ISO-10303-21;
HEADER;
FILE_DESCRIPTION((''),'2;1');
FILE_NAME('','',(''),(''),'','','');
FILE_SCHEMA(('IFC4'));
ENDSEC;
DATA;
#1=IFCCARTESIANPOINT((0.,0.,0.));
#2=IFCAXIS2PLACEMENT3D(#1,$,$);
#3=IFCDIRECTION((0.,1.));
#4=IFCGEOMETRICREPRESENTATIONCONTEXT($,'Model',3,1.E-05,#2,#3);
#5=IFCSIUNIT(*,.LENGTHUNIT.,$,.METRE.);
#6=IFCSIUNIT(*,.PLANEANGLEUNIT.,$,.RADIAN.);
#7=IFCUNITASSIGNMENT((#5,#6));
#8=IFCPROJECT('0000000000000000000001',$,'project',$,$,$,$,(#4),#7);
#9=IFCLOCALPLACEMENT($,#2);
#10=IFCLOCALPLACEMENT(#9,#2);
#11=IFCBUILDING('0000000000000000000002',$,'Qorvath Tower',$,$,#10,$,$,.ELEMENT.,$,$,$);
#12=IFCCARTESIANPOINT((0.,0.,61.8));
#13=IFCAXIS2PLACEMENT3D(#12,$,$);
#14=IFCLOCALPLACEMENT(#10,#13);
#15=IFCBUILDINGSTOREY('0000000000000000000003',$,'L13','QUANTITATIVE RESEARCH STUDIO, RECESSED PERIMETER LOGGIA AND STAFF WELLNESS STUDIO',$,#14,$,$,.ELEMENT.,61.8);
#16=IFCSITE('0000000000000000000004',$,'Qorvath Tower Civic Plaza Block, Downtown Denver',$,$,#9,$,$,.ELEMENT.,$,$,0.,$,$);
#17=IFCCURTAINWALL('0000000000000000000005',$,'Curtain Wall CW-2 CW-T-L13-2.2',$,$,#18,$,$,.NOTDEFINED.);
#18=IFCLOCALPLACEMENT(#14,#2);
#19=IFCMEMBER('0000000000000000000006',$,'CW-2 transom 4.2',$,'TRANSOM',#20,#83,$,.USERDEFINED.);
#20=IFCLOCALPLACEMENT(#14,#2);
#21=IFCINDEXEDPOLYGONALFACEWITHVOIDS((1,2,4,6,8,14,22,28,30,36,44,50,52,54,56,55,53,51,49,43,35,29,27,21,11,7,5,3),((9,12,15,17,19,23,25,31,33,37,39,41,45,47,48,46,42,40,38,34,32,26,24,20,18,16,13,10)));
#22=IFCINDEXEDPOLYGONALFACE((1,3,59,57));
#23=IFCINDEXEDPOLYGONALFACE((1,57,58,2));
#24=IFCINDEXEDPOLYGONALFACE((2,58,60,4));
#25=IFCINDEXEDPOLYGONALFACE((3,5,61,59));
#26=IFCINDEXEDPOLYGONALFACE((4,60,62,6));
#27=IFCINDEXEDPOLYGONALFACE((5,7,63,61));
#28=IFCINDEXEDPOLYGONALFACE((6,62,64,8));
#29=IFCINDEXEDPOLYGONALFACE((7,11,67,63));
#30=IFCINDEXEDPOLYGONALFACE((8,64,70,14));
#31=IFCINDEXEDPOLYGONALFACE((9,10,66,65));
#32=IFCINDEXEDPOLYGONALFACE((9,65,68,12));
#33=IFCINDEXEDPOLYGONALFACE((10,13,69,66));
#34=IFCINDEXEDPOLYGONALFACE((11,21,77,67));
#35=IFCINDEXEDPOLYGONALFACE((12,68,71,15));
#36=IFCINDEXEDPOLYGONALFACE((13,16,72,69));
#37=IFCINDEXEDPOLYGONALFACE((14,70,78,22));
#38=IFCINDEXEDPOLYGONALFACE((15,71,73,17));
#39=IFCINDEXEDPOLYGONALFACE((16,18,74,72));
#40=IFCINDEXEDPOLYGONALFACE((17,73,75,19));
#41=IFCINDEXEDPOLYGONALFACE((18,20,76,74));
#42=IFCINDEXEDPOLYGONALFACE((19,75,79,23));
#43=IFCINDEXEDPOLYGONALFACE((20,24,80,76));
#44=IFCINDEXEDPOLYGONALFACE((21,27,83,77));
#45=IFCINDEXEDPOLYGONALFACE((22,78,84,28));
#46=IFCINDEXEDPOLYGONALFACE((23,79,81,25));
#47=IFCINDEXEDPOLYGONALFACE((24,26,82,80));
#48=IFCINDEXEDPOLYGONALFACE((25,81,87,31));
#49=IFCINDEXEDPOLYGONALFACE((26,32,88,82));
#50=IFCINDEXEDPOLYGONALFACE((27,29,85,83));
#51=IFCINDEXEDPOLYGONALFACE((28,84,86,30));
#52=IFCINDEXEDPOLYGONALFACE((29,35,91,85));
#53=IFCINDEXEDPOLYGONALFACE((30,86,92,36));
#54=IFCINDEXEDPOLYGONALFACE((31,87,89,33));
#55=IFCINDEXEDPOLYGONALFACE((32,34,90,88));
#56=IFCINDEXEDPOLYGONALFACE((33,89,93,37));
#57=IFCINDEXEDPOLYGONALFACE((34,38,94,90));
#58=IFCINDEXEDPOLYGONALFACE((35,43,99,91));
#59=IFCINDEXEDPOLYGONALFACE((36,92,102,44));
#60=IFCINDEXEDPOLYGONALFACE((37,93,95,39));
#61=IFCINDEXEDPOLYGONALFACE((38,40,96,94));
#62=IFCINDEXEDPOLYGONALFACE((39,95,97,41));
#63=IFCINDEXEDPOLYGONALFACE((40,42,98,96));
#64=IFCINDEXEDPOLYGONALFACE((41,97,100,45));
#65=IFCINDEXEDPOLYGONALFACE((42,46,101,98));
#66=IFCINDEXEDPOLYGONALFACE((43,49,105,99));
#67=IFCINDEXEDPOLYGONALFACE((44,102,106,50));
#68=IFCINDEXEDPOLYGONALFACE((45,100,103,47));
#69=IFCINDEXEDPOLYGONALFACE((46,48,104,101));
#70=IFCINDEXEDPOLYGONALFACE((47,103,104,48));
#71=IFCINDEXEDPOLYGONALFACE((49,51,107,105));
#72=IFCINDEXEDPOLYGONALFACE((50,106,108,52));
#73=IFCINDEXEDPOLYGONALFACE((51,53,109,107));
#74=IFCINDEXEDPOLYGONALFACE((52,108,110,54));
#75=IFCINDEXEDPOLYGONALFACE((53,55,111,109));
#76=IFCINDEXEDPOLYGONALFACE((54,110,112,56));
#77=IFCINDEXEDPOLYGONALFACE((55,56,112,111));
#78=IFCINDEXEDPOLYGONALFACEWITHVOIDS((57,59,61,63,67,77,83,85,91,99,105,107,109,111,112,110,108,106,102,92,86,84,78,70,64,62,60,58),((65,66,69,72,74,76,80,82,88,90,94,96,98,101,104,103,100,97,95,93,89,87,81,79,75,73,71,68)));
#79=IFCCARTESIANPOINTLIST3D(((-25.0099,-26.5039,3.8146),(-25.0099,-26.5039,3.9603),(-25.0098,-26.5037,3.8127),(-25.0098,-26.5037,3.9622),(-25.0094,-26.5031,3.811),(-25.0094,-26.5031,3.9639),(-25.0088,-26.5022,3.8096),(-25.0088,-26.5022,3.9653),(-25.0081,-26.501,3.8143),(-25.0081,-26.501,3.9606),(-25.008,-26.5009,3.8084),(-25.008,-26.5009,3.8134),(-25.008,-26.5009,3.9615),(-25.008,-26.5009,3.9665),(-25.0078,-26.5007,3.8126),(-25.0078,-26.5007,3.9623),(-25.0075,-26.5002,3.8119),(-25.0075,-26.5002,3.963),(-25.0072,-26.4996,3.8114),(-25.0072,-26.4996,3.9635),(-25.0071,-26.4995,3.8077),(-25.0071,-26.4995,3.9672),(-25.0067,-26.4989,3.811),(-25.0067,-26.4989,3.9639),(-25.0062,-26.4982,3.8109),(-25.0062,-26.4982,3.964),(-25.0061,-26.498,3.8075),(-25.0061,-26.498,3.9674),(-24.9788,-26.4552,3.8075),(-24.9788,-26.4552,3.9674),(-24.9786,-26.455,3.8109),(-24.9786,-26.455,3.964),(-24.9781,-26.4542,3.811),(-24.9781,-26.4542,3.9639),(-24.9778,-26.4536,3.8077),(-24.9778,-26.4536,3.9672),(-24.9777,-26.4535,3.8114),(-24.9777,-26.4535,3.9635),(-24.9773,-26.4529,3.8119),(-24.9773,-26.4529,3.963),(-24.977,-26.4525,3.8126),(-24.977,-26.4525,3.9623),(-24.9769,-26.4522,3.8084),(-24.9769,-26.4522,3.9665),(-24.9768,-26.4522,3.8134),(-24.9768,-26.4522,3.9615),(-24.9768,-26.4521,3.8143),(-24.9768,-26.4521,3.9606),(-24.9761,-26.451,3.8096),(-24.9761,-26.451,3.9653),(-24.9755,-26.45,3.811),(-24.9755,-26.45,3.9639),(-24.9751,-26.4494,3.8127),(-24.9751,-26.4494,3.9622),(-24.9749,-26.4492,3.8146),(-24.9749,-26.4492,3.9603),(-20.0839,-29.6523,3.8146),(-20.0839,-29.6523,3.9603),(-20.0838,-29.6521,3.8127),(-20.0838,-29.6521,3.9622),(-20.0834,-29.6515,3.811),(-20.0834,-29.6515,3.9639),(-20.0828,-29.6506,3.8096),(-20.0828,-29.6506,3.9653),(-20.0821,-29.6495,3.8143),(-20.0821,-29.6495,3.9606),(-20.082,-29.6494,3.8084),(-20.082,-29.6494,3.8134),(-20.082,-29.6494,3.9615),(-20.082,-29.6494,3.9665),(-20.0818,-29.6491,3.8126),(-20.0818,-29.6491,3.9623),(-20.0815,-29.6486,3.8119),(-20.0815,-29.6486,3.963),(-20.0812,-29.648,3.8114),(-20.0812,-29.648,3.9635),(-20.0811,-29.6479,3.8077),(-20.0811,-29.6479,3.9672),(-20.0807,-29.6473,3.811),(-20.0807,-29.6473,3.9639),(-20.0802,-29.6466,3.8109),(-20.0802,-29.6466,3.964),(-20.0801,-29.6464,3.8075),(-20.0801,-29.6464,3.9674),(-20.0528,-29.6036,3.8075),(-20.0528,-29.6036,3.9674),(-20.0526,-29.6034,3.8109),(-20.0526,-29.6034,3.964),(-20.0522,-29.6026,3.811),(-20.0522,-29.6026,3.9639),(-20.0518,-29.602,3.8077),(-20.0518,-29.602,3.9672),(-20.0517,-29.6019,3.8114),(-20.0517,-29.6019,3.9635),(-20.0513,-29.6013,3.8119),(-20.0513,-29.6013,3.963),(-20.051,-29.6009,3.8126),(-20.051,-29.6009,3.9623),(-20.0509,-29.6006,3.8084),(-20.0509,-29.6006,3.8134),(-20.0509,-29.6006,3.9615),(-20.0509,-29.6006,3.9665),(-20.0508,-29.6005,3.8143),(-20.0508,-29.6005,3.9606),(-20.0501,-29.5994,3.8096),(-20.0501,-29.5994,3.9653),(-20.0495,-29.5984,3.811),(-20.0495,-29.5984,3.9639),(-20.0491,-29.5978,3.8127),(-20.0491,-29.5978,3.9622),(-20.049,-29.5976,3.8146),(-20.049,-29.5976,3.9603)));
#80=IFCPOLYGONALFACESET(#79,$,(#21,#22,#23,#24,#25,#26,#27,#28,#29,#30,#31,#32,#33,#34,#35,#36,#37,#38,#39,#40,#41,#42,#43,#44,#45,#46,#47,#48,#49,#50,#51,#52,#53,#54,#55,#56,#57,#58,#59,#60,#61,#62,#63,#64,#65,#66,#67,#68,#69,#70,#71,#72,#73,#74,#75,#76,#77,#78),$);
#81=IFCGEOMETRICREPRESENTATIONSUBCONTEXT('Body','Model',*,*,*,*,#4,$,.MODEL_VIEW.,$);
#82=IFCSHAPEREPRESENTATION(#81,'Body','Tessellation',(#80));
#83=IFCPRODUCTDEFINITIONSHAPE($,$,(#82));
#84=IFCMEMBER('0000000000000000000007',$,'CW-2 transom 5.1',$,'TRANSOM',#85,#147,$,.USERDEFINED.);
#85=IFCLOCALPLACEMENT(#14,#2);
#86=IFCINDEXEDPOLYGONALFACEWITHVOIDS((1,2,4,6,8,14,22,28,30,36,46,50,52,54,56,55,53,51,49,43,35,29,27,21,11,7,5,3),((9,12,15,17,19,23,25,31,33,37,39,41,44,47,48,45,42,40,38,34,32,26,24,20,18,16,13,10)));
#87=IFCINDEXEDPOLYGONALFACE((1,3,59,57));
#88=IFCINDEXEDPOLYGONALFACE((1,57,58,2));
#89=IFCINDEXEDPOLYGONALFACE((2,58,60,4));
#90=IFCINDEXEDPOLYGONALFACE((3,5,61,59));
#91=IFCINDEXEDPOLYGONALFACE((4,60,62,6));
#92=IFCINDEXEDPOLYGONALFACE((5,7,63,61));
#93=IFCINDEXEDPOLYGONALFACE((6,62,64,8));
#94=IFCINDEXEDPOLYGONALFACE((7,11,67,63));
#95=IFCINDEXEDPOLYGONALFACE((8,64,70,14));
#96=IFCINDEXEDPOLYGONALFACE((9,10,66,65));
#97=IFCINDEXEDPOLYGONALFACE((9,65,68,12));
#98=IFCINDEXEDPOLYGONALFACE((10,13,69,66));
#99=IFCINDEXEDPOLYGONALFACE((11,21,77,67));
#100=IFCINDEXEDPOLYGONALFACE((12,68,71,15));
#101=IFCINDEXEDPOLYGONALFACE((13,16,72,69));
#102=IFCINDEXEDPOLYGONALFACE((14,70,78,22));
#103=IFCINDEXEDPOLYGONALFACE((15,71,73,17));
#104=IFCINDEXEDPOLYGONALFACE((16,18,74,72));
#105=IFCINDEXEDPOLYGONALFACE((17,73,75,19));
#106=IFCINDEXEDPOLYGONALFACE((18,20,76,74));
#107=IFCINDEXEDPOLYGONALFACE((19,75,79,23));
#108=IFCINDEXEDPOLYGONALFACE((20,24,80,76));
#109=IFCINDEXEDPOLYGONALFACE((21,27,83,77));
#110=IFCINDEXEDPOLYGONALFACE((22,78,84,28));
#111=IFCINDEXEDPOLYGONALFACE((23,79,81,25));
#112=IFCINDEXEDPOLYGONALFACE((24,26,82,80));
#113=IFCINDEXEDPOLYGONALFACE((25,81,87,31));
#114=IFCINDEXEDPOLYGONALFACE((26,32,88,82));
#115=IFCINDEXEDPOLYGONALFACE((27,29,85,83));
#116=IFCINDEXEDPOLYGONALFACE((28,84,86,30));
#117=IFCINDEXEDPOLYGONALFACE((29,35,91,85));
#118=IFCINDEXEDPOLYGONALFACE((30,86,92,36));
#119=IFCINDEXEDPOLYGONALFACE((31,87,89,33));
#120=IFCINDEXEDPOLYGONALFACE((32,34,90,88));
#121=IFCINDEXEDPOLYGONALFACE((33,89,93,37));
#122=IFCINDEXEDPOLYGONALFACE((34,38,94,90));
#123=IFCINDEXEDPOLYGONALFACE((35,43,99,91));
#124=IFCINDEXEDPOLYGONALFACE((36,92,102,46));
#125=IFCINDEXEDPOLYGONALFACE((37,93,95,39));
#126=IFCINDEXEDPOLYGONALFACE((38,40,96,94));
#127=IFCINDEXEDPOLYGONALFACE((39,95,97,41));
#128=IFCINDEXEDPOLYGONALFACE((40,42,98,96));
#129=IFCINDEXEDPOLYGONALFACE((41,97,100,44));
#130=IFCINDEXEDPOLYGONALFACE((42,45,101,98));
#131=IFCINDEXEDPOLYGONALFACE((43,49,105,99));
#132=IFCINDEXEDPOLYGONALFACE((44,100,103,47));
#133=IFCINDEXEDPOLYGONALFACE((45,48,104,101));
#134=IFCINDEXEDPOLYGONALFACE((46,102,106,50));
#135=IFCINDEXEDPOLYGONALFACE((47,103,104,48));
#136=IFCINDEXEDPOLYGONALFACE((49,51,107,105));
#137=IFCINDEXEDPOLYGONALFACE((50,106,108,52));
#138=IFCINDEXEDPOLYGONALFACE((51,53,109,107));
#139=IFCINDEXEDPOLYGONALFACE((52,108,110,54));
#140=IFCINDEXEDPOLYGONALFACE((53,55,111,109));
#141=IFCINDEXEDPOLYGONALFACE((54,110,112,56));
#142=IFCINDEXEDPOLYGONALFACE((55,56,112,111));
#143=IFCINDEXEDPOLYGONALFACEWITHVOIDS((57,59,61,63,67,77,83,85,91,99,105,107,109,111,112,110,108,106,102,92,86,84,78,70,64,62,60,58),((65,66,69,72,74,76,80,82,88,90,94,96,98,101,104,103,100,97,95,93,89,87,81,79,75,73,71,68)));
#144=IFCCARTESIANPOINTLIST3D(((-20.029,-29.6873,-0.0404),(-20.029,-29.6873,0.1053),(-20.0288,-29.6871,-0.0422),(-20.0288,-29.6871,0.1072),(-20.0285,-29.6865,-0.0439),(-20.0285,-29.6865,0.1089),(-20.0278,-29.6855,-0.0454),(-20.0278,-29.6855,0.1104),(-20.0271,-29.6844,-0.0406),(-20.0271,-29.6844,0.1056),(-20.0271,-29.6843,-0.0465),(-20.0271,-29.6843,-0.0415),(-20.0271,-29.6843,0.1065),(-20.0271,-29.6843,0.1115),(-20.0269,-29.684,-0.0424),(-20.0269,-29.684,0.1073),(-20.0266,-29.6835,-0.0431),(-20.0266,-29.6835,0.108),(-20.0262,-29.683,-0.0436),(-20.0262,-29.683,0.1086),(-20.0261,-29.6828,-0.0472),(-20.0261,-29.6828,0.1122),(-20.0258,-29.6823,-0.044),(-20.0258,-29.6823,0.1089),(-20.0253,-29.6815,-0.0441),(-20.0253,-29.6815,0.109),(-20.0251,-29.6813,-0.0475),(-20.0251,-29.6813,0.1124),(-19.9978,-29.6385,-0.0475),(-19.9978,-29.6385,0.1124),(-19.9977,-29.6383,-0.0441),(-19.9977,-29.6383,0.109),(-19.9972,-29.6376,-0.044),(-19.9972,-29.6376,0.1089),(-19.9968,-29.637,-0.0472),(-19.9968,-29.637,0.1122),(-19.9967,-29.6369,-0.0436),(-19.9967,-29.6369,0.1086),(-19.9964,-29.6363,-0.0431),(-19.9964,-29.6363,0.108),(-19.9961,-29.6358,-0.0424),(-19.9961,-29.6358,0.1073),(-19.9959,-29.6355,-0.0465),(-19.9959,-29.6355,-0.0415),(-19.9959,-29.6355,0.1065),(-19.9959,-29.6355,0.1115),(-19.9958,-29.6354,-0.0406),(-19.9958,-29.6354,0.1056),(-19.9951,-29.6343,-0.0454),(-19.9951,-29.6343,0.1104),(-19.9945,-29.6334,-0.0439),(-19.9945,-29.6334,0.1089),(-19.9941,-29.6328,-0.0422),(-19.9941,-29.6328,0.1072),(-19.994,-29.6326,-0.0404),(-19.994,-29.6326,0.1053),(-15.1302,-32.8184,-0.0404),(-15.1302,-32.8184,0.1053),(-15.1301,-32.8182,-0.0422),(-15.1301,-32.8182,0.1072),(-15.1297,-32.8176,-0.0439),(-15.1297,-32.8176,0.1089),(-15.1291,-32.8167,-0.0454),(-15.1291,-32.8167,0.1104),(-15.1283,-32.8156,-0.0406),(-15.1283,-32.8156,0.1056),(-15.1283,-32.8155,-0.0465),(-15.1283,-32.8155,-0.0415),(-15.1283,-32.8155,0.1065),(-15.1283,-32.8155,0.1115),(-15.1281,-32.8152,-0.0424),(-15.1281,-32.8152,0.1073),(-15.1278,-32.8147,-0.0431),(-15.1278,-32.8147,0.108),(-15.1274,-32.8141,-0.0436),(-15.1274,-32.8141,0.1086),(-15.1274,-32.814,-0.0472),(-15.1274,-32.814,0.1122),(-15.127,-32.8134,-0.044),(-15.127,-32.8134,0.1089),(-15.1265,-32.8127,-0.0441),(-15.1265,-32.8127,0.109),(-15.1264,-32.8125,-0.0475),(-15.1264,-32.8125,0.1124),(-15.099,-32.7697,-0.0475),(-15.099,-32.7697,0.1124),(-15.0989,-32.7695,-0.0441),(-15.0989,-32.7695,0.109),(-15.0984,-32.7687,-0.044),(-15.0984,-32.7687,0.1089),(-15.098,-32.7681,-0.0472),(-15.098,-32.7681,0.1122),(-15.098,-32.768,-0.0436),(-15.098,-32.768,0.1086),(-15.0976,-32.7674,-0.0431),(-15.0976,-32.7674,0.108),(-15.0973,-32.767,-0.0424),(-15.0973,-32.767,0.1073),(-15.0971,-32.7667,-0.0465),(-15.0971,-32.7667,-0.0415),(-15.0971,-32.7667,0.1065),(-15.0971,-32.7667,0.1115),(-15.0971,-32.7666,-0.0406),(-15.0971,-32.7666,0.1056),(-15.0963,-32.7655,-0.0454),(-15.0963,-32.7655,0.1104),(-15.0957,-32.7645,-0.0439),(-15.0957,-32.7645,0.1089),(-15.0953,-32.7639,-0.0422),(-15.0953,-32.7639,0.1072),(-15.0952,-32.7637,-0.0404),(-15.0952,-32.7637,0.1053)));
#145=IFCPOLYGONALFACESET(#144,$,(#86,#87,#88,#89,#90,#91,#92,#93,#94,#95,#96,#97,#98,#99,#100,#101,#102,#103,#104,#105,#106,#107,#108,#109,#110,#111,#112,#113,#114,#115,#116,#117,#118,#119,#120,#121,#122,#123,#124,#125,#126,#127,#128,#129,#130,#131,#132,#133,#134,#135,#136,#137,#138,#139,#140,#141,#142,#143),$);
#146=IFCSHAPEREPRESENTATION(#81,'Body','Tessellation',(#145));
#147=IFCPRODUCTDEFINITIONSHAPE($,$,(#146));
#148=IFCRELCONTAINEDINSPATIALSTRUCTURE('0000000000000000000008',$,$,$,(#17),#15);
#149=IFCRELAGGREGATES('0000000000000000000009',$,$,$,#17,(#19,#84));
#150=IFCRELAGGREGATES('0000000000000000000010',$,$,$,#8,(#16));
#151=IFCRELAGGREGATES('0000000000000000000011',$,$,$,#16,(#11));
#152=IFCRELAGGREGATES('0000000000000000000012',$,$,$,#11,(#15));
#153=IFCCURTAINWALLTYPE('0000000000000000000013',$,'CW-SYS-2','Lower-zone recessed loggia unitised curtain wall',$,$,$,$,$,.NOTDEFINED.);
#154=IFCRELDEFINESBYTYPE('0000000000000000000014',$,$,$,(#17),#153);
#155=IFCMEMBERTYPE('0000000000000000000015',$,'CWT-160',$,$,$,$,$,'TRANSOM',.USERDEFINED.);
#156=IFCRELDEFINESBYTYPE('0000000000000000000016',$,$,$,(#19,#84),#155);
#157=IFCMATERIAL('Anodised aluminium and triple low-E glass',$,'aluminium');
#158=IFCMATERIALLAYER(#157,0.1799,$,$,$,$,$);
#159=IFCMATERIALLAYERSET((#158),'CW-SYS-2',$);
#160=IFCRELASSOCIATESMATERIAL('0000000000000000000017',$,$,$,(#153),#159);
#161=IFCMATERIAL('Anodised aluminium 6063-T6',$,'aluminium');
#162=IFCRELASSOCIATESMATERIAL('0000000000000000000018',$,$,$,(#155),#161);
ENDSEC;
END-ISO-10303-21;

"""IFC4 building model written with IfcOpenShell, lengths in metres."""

from ifc_helpers import new_model, si_unit, direction, frame, origin, origin_2d, place, context, subcontext, project, spatial, hollow_rectangle, extrude, material, layer, layer_set, material_profile, profile_set, type_object, element, aggregate, save


model = new_model("IFC4")

# Units and contexts
model_context = context("Model", 3, precision=1e-05, world=origin(), true_north=direction((0.0, 1.0)))
body_context = subcontext(model_context, "Body", "Model", "MODEL_VIEW")
ifc_project = project(units=[si_unit("LENGTHUNIT", "METRE"), si_unit("PLANEANGLEUNIT", "RADIAN")], contexts=[model_context])

# Site, building, storey
site_placement = place(None, origin())
site = spatial("IfcSite", under=ifc_project, at=site_placement, Name="Qorvath Tower Civic Plaza Block, Downtown Denver", CompositionType="ELEMENT", RefElevation=0.0)
building_placement = place(site_placement, origin())
building = spatial("IfcBuilding", under=site, at=building_placement, Name="Qorvath Tower", CompositionType="ELEMENT")
storey_placement = place(building_placement, frame((0.0, 0.0, 61.8)))
storey = spatial("IfcBuildingStorey", under=building, at=storey_placement, Name="L13", Description="QUANTITATIVE RESEARCH STUDIO, RECESSED PERIMETER LOGGIA AND STAFF WELLNESS STUDIO", CompositionType="ELEMENT", Elevation=61.8)

# Curtain wall, members
ifc_material_1 = material(Name="Anodised aluminium and triple low-E glass", Category="aluminium")
ifc_layer_1 = layer(ifc_material_1, 0.1799)
ifc_layer_set_1 = layer_set([ifc_layer_1], Name="CW-SYS-2")
curtain_wall_type = type_object("IfcCurtainWallType", Name="CW-SYS-2", Description="Lower-zone recessed loggia unitised curtain wall", PredefinedType="NOTDEFINED", material=ifc_layer_set_1)
curtain_wall_placement = place(storey_placement, origin())
curtain_wall = element("IfcCurtainWall", 1, at=curtain_wall_placement, inside=storey, type_object=curtain_wall_type, Name="Curtain Wall CW-2 CW-T-L13-2.2", PredefinedType="NOTDEFINED")
ifc_material_2 = material(Name="Anodised aluminium 6063-T6", Category="aluminium")
ifc_material_profile_1 = material_profile(ifc_material_2, hollow_rectangle(XDim=0.0649, YDim=0.1599, WallThickness=0.0034, InnerFilletRadius=0.0034, OuterFilletRadius=0.0071, at=origin_2d()), Name="CWT 160x65")
ifc_profile_set_1 = profile_set([ifc_material_profile_1], Name="Anodised aluminium 6063-T6")
member_type_1 = type_object("IfcMemberType", Name="CWT-160", ElementType="TRANSOM", PredefinedType="USERDEFINED", material=ifc_profile_set_1)
member_1_placement = place(storey_placement, frame((-24.9924, -26.4766, 3.8875), z_axis=(0.842599, -0.538542, 0.0), x_axis=(0.538542, 0.842599, 0.0)))
member_1 = element("IfcMember", 2, at=member_1_placement, type_object=member_type_1, Name="CW-2 transom 4.2", ObjectType="TRANSOM", PredefinedType="USERDEFINED", context=body_context, shape_type="SweptSolid", body=[
    extrude(hollow_rectangle(XDim=0.0649, YDim=0.1599, WallThickness=0.0034, InnerFilletRadius=0.0034, OuterFilletRadius=0.0071, at=origin_2d()), origin(), (0.0, 0.0, 1.0), 5.8462),
])
member_2_placement = place(storey_placement, frame((-20.0115, -29.6599, 0.0325), z_axis=(0.842588, -0.538559, 0.0), x_axis=(0.538559, 0.842588, 0.0)))
member_2 = element("IfcMember", 3, at=member_2_placement, type_object=member_type_1, Name="CW-2 transom 5.1", ObjectType="TRANSOM", PredefinedType="USERDEFINED", context=body_context, shape_type="SweptSolid", body=[
    extrude(hollow_rectangle(XDim=0.0649, YDim=0.1599, WallThickness=0.0034, InnerFilletRadius=0.0034, OuterFilletRadius=0.0071, at=origin_2d()), origin(), (0.0, 0.0, 1.0), 5.814),
])
aggregate(curtain_wall, [member_1, member_2])

save(model, "model.ifc")
